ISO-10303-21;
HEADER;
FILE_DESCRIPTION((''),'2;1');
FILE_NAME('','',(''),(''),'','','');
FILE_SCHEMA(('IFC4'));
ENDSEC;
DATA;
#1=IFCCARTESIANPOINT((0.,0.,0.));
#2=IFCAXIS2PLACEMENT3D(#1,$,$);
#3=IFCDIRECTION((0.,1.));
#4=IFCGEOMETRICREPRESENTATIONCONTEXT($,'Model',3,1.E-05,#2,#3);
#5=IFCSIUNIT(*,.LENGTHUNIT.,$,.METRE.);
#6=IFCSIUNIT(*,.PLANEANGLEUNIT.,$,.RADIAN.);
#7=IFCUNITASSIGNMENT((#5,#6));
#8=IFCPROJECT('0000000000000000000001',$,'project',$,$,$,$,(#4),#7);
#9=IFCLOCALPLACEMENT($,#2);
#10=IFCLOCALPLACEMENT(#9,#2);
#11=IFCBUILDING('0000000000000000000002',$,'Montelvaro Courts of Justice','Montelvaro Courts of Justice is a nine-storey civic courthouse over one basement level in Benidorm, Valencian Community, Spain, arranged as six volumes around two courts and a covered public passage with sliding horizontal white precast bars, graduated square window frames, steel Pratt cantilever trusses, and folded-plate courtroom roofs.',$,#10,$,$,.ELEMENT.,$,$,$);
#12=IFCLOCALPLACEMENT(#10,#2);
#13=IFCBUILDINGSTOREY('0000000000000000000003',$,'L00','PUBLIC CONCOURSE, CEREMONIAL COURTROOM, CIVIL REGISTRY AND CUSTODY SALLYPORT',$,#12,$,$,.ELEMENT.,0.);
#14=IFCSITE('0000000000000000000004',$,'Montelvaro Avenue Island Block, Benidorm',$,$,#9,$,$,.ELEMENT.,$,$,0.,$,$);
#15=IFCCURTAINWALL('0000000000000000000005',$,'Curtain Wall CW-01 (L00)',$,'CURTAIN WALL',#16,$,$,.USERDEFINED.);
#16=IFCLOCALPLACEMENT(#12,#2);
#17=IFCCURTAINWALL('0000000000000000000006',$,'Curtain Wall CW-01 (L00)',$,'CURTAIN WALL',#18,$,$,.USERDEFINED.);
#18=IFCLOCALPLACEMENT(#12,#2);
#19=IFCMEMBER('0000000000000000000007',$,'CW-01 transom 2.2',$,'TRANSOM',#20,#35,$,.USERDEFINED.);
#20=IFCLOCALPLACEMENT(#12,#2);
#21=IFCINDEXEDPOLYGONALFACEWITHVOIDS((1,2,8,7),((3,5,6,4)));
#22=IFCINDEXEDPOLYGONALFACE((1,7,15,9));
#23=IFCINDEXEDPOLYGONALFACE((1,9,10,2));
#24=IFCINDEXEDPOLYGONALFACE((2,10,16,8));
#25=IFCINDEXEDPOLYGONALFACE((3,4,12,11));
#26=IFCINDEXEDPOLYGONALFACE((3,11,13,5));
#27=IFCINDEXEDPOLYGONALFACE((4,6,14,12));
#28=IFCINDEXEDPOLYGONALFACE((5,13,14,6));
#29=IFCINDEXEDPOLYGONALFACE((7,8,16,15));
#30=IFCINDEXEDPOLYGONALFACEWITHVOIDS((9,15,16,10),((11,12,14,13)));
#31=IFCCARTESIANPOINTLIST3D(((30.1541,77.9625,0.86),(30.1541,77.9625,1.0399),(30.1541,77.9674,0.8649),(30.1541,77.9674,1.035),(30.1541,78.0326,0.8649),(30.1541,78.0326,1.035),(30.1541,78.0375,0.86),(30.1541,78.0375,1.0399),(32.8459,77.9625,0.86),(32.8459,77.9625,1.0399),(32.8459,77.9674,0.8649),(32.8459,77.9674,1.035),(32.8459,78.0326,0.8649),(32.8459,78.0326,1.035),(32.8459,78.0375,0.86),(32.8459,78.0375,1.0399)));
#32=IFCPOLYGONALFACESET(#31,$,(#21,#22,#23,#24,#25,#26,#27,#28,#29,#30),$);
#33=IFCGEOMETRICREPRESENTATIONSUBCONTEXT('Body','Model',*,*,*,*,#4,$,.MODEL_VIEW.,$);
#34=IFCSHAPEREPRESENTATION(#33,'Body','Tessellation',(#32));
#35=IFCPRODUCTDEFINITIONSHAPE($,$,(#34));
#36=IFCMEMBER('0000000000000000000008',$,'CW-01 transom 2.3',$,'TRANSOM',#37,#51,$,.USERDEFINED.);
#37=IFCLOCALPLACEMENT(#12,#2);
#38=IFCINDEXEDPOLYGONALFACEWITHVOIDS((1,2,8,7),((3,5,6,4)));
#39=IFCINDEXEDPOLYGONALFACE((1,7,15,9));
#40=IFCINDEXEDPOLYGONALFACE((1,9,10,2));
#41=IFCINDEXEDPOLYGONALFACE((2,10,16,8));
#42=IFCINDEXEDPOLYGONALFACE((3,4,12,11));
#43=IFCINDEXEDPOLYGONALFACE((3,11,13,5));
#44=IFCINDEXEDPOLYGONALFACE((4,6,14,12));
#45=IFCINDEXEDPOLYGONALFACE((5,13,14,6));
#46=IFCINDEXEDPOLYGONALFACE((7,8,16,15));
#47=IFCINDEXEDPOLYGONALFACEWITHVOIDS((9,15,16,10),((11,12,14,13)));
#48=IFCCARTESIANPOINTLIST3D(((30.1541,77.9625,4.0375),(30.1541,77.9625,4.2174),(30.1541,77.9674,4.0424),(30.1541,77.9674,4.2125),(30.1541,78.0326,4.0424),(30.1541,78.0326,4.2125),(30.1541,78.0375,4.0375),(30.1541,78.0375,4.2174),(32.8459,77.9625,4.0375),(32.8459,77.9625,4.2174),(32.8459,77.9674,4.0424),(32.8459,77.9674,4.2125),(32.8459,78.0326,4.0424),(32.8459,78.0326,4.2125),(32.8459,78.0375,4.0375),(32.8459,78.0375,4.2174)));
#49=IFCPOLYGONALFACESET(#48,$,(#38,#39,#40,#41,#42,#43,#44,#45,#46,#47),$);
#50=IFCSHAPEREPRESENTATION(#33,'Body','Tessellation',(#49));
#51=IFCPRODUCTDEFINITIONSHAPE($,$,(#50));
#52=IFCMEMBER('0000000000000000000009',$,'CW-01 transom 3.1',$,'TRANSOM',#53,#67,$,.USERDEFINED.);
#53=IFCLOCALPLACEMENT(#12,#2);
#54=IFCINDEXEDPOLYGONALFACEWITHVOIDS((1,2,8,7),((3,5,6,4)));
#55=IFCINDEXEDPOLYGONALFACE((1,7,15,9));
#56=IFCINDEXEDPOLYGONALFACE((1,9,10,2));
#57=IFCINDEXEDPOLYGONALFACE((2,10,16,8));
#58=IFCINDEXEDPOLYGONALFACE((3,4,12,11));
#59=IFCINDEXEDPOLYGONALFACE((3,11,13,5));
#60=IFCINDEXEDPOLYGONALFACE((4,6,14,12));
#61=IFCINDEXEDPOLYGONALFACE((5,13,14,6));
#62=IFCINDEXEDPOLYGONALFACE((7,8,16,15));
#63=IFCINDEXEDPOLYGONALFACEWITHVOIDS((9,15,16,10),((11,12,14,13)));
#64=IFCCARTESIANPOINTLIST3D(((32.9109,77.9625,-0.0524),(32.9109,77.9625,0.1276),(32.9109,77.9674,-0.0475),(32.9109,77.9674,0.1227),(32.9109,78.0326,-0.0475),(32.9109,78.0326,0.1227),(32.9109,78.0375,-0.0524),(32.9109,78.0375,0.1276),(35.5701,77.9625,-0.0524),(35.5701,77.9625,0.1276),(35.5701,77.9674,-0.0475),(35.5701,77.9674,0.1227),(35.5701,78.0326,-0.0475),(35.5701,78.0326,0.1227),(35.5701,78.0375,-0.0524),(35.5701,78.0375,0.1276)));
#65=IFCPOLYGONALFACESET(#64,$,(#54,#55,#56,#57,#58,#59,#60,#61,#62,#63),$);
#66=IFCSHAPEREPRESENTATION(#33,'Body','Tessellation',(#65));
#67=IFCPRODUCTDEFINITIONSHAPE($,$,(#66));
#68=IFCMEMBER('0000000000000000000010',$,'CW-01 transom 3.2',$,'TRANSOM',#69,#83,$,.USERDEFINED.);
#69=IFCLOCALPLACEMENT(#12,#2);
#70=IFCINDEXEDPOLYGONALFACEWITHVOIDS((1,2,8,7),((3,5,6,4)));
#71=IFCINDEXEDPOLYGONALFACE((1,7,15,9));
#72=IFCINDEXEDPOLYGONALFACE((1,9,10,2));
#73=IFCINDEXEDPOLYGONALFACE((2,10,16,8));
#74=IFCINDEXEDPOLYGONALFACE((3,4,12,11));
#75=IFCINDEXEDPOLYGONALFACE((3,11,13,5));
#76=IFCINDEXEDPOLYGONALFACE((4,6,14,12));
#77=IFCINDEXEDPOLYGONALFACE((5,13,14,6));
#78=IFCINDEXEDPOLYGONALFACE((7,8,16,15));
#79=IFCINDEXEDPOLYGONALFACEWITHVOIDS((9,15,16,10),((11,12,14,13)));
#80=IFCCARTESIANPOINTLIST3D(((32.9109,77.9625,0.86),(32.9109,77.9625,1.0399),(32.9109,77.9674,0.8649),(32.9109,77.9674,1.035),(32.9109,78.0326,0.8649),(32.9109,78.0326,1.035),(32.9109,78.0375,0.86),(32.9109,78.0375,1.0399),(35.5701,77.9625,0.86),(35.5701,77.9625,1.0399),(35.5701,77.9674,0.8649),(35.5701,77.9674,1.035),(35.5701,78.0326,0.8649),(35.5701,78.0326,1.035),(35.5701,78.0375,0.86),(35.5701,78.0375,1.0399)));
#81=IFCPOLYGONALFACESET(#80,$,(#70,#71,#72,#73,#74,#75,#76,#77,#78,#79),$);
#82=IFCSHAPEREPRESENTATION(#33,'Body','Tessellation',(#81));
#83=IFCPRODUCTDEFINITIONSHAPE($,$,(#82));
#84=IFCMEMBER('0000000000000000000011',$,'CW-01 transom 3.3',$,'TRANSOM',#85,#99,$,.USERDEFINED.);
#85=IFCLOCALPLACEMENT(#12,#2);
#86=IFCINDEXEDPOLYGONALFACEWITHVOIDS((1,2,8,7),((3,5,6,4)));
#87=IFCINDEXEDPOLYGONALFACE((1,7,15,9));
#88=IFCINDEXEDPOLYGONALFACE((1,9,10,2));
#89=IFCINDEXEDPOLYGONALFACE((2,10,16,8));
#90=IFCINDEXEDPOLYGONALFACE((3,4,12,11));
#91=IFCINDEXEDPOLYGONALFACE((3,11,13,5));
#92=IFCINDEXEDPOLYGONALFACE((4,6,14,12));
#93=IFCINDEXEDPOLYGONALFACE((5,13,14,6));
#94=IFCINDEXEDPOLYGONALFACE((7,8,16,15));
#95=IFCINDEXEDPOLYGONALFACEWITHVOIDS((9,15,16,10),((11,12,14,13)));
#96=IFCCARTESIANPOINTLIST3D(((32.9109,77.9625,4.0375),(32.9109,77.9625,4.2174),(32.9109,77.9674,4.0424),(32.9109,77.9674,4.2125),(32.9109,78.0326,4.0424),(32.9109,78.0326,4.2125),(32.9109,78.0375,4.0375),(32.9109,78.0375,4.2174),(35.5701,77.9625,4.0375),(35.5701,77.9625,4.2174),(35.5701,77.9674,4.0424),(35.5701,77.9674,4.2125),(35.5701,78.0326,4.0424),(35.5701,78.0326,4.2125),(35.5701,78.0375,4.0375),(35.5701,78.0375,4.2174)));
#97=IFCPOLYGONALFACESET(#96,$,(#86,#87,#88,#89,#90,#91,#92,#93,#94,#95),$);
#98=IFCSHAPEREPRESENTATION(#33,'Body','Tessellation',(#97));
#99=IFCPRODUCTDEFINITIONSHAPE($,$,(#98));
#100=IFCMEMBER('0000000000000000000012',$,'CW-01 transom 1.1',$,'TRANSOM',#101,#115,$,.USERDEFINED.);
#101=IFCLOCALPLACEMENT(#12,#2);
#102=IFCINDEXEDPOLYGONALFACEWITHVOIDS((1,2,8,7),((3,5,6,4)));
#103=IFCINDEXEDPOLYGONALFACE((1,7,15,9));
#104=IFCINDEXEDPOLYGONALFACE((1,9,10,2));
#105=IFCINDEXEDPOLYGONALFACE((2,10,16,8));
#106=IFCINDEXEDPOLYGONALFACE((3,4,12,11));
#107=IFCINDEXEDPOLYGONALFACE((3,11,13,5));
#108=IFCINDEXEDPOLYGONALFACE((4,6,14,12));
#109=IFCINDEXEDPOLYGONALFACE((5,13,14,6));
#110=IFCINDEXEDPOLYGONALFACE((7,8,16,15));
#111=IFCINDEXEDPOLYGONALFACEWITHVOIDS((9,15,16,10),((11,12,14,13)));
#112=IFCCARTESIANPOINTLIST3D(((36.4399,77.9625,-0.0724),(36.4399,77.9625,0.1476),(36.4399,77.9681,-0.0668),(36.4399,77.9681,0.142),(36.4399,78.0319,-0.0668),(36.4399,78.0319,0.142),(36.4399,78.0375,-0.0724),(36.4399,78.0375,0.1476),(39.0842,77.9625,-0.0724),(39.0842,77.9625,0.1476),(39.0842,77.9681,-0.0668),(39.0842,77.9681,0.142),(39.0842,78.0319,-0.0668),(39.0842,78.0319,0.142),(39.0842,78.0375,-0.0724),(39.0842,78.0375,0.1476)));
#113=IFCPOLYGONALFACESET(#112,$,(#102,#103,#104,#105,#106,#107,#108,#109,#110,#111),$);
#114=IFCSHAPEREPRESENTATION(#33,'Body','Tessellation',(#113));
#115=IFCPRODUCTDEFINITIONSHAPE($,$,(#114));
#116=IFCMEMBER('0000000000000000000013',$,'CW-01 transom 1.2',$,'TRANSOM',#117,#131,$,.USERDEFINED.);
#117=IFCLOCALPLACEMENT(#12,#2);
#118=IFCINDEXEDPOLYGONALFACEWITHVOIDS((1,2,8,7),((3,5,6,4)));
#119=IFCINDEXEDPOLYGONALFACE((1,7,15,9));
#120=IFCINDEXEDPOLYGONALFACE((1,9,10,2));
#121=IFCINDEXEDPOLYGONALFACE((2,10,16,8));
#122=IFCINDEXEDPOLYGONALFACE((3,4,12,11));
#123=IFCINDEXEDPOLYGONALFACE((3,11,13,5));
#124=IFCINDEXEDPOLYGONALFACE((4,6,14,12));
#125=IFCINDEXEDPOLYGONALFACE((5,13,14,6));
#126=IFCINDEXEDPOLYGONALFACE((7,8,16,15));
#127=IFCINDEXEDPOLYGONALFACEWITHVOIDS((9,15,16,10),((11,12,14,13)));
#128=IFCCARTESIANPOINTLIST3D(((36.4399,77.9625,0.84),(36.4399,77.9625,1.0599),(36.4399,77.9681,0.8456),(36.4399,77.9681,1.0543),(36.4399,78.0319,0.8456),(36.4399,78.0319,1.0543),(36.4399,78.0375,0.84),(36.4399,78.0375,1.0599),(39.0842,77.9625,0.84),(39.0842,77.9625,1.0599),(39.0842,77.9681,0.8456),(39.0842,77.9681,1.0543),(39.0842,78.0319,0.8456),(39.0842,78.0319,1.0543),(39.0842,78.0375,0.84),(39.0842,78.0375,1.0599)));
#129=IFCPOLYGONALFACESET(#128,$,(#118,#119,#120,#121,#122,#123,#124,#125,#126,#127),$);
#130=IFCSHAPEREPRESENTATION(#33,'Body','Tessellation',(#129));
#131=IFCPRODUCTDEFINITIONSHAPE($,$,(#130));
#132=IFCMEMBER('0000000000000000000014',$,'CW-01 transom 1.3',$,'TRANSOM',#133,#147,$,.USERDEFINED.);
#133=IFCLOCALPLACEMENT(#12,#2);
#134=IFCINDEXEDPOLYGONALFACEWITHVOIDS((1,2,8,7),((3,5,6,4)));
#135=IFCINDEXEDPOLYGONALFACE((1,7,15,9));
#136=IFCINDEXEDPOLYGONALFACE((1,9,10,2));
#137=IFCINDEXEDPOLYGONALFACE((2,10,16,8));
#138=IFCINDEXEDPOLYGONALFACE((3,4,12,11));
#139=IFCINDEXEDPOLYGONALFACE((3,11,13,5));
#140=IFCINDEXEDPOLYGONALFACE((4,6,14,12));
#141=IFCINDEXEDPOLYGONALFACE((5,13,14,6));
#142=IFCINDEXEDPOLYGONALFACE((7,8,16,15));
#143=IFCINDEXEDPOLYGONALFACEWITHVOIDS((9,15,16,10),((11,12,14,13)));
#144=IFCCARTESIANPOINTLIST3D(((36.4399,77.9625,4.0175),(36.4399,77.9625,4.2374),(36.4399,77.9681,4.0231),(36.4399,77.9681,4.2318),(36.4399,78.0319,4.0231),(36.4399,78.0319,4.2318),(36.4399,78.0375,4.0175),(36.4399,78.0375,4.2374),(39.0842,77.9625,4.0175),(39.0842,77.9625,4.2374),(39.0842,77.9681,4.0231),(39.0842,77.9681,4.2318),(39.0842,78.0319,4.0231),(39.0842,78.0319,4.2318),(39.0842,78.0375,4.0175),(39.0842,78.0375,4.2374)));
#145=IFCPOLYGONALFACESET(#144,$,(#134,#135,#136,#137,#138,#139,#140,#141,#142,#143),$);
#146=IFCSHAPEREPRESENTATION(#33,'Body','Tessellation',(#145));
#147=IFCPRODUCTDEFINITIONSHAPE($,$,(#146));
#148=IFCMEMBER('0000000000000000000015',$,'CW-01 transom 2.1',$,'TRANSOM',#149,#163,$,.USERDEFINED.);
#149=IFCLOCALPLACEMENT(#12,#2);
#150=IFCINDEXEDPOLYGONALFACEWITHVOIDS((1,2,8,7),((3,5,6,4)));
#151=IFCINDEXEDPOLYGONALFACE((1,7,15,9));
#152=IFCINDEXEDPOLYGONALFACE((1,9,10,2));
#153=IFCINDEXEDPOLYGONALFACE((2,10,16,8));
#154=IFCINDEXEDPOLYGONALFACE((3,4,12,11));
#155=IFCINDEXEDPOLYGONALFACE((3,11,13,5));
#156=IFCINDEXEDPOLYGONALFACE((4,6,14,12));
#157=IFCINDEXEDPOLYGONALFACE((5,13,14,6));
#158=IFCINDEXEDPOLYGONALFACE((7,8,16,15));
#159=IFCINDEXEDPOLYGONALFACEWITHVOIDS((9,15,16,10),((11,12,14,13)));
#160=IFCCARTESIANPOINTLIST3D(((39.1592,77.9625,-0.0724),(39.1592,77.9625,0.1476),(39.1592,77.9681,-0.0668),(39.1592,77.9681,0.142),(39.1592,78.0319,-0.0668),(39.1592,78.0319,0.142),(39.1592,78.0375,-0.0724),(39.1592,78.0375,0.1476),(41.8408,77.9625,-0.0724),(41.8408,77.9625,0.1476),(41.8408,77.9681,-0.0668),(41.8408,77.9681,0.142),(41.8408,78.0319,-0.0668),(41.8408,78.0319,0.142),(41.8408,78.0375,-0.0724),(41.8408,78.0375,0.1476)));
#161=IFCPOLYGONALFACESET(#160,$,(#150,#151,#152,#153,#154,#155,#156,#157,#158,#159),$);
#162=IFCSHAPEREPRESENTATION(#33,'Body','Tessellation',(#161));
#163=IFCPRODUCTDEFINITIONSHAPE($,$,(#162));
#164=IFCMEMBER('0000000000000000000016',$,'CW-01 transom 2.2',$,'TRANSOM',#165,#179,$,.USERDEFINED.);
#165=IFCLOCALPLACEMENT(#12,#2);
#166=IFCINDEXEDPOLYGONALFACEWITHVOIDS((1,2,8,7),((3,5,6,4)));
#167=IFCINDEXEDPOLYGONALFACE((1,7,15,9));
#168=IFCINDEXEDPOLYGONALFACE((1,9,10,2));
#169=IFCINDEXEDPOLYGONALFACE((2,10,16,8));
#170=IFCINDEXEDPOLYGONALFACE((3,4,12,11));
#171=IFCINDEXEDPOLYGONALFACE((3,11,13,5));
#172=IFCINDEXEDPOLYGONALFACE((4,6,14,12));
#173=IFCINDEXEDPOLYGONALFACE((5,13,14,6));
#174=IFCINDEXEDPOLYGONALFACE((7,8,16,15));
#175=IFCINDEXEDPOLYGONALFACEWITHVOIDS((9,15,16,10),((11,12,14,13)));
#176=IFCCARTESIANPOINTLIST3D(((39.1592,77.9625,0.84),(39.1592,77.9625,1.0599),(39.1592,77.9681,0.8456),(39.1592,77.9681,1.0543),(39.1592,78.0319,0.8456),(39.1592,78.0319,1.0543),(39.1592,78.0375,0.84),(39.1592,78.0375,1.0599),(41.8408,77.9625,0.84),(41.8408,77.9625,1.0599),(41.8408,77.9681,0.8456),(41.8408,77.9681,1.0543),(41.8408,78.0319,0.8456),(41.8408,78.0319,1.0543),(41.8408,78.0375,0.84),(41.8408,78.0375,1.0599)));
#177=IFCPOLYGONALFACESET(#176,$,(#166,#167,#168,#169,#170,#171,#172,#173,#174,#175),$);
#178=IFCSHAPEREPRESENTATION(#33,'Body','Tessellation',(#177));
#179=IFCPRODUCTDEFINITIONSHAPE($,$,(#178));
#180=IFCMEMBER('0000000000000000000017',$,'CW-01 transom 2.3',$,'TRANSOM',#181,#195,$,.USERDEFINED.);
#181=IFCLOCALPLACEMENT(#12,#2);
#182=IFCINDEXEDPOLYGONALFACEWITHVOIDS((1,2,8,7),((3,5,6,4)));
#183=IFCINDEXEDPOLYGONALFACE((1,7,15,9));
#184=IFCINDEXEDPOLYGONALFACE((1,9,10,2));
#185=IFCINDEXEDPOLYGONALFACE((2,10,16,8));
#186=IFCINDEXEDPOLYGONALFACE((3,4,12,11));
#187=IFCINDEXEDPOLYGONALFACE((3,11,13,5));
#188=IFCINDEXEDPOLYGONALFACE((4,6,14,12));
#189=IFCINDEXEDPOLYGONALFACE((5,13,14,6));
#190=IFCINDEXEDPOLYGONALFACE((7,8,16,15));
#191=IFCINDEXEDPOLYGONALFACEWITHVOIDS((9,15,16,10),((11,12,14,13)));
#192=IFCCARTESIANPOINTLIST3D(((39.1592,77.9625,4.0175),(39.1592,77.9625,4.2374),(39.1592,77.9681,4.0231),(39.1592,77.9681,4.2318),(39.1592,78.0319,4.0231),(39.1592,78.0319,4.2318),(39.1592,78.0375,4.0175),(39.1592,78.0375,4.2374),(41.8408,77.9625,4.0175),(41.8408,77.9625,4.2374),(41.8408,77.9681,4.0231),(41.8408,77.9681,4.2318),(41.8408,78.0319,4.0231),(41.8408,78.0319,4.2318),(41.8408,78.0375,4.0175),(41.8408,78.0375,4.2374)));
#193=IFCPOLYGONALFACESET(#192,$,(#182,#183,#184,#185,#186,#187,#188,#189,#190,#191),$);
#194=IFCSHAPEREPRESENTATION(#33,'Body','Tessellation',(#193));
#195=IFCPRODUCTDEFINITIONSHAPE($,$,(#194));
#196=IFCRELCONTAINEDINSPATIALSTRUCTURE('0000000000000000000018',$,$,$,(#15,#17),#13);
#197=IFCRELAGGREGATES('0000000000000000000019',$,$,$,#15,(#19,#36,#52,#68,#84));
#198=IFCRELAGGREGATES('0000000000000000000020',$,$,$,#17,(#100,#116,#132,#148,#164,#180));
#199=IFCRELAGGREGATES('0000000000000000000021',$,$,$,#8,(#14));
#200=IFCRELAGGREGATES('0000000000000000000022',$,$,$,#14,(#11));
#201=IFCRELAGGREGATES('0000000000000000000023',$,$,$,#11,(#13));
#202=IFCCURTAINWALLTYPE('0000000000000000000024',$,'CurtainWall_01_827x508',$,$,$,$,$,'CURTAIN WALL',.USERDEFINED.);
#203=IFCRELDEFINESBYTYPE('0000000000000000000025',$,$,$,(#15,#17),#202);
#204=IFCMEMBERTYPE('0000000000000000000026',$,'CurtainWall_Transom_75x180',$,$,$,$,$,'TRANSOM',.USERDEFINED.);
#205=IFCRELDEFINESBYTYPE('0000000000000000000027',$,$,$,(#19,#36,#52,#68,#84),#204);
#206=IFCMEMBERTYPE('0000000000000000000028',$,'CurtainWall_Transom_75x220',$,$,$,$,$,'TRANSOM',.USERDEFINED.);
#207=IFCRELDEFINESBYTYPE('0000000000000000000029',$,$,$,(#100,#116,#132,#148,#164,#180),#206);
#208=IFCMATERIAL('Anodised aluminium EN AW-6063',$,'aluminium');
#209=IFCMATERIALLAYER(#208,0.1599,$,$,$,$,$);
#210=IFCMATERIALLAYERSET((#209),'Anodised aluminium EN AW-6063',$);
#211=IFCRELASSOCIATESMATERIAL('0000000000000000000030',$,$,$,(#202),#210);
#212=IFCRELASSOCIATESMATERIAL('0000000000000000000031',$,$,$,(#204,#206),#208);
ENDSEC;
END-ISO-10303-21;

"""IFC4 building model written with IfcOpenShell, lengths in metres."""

from ifc_helpers import new_model, si_unit, direction, frame, origin, origin_2d, place, context, subcontext, project, spatial, hollow_rectangle, extrude, material, layer, layer_set, material_profile, profile_set, type_object, element, aggregate, save


model = new_model("IFC4")

# Units and contexts
model_context = context("Model", 3, precision=1e-05, world=origin(), true_north=direction((0.0, 1.0)))
body_context = subcontext(model_context, "Body", "Model", "MODEL_VIEW")
ifc_project = project(units=[si_unit("LENGTHUNIT", "METRE"), si_unit("PLANEANGLEUNIT", "RADIAN")], contexts=[model_context])

# Site, building, storey
site_placement = place(None, origin())
site = spatial("IfcSite", under=ifc_project, at=site_placement, Name="Montelvaro Avenue Island Block, Benidorm", CompositionType="ELEMENT", RefElevation=0.0)
building_placement = place(site_placement, origin())
building = spatial("IfcBuilding", under=site, at=building_placement, Name="Montelvaro Courts of Justice", Description="Montelvaro Courts of Justice is a nine-storey civic courthouse over one basement level in Benidorm, Valencian Community, Spain, arranged as six volumes around two courts and a covered public passage with sliding horizontal white precast bars, graduated square window frames, steel Pratt cantilever trusses, and folded-plate courtroom roofs.", CompositionType="ELEMENT")
storey_placement = place(building_placement, origin())
storey = spatial("IfcBuildingStorey", under=building, at=storey_placement, Name="L00", Description="PUBLIC CONCOURSE, CEREMONIAL COURTROOM, CIVIL REGISTRY AND CUSTODY SALLYPORT", CompositionType="ELEMENT", Elevation=0.0)

# Curtain walls
ifc_material_1 = material(Name="Anodised aluminium EN AW-6063", Category="aluminium")
ifc_layer_1 = layer(ifc_material_1, 0.1599)
ifc_layer_set_1 = layer_set([ifc_layer_1], Name="Anodised aluminium EN AW-6063")
curtain_wall_type = type_object("IfcCurtainWallType", Name="CurtainWall_01_827x508", ElementType="CURTAIN WALL", PredefinedType="USERDEFINED", material=ifc_layer_set_1)
curtain_wall_1_placement = place(storey_placement, origin())
curtain_wall_1 = element("IfcCurtainWall", 1, at=curtain_wall_1_placement, inside=storey, type_object=curtain_wall_type, Name="Curtain Wall CW-01 (L00)", ObjectType="CURTAIN WALL", PredefinedType="USERDEFINED")
curtain_wall_2_placement = place(storey_placement, origin())
curtain_wall_2 = element("IfcCurtainWall", 2, at=curtain_wall_2_placement, inside=storey, type_object=curtain_wall_type, Name="Curtain Wall CW-01 (L00)", ObjectType="CURTAIN WALL", PredefinedType="USERDEFINED")

# Members
ifc_material_profile_1 = material_profile(ifc_material_1, hollow_rectangle(XDim=0.075, YDim=0.1799, WallThickness=0.0049, at=origin_2d()), Name="ALU-T 75x180")
ifc_profile_set_1 = profile_set([ifc_material_profile_1], Name="Anodised aluminium EN AW-6063")
member_type_1 = type_object("IfcMemberType", Name="CurtainWall_Transom_75x180", ElementType="TRANSOM", PredefinedType="USERDEFINED", material=ifc_profile_set_1)
member_1_placement = place(storey_placement, frame((30.1541, 78.0, 0.95), z_axis=(1.0, 0.0, 0.0), x_axis=(0.0, 1.0, 0.0)))
member_1 = element("IfcMember", 3, at=member_1_placement, type_object=member_type_1, Name="CW-01 transom 2.2", ObjectType="TRANSOM", PredefinedType="USERDEFINED", context=body_context, shape_type="SweptSolid", body=[
    extrude(hollow_rectangle(XDim=0.075, YDim=0.1799, WallThickness=0.0049, at=origin_2d()), origin(), (0.0, 0.0, 1.0), 2.6919),
])
member_2_placement = place(storey_placement, frame((30.1541, 78.0, 4.1274), z_axis=(1.0, 0.0, 0.0), x_axis=(0.0, 1.0, 0.0)))
member_2 = element("IfcMember", 4, at=member_2_placement, type_object=member_type_1, Name="CW-01 transom 2.3", ObjectType="TRANSOM", PredefinedType="USERDEFINED", context=body_context, shape_type="SweptSolid", body=[
    extrude(hollow_rectangle(XDim=0.075, YDim=0.1799, WallThickness=0.0049, at=origin_2d()), origin(), (0.0, 0.0, 1.0), 2.6919),
])
member_3_placement = place(storey_placement, frame((32.9109, 78.0, 0.0376), z_axis=(1.0, 0.0, 0.0), x_axis=(0.0, 1.0, 0.0)))
member_3 = element("IfcMember", 5, at=member_3_placement, type_object=member_type_1, Name="CW-01 transom 3.1", ObjectType="TRANSOM", PredefinedType="USERDEFINED", context=body_context, shape_type="SweptSolid", body=[
    extrude(hollow_rectangle(XDim=0.075, YDim=0.1799, WallThickness=0.0049, at=origin_2d()), origin(), (0.0, 0.0, 1.0), 2.6592),
])
member_4_placement = place(storey_placement, frame((32.9109, 78.0, 0.95), z_axis=(1.0, 0.0, 0.0), x_axis=(0.0, 1.0, 0.0)))
member_4 = element("IfcMember", 6, at=member_4_placement, type_object=member_type_1, Name="CW-01 transom 3.2", ObjectType="TRANSOM", PredefinedType="USERDEFINED", context=body_context, shape_type="SweptSolid", body=[
    extrude(hollow_rectangle(XDim=0.075, YDim=0.1799, WallThickness=0.0049, at=origin_2d()), origin(), (0.0, 0.0, 1.0), 2.6592),
])
member_5_placement = place(storey_placement, frame((32.9109, 78.0, 4.1274), z_axis=(1.0, 0.0, 0.0), x_axis=(0.0, 1.0, 0.0)))
member_5 = element("IfcMember", 7, at=member_5_placement, type_object=member_type_1, Name="CW-01 transom 3.3", ObjectType="TRANSOM", PredefinedType="USERDEFINED", context=body_context, shape_type="SweptSolid", body=[
    extrude(hollow_rectangle(XDim=0.075, YDim=0.1799, WallThickness=0.0049, at=origin_2d()), origin(), (0.0, 0.0, 1.0), 2.6592),
])
ifc_material_profile_2 = material_profile(ifc_material_1, hollow_rectangle(XDim=0.075, YDim=0.22, WallThickness=0.0056, at=origin_2d()), Name="ALU-T 75x220")
ifc_profile_set_2 = profile_set([ifc_material_profile_2], Name="Anodised aluminium EN AW-6063")
member_type_2 = type_object("IfcMemberType", Name="CurtainWall_Transom_75x220", ElementType="TRANSOM", PredefinedType="USERDEFINED", material=ifc_profile_set_2)
member_6_placement = place(storey_placement, frame((36.4399, 78.0, 0.0376), z_axis=(1.0, 0.0, 0.0), x_axis=(0.0, 1.0, 0.0)))
member_6 = element("IfcMember", 8, at=member_6_placement, type_object=member_type_2, Name="CW-01 transom 1.1", ObjectType="TRANSOM", PredefinedType="USERDEFINED", context=body_context, shape_type="SweptSolid", body=[
    extrude(hollow_rectangle(XDim=0.075, YDim=0.22, WallThickness=0.0056, at=origin_2d()), origin(), (0.0, 0.0, 1.0), 2.6443),
])
member_7_placement = place(storey_placement, frame((36.4399, 78.0, 0.95), z_axis=(1.0, 0.0, 0.0), x_axis=(0.0, 1.0, 0.0)))
member_7 = element("IfcMember", 9, at=member_7_placement, type_object=member_type_2, Name="CW-01 transom 1.2", ObjectType="TRANSOM", PredefinedType="USERDEFINED", context=body_context, shape_type="SweptSolid", body=[
    extrude(hollow_rectangle(XDim=0.075, YDim=0.22, WallThickness=0.0056, at=origin_2d()), origin(), (0.0, 0.0, 1.0), 2.6443),
])
member_8_placement = place(storey_placement, frame((36.4399, 78.0, 4.1274), z_axis=(1.0, 0.0, 0.0), x_axis=(0.0, 1.0, 0.0)))
member_8 = element("IfcMember", 10, at=member_8_placement, type_object=member_type_2, Name="CW-01 transom 1.3", ObjectType="TRANSOM", PredefinedType="USERDEFINED", context=body_context, shape_type="SweptSolid", body=[
    extrude(hollow_rectangle(XDim=0.075, YDim=0.22, WallThickness=0.0056, at=origin_2d()), origin(), (0.0, 0.0, 1.0), 2.6443),
])
member_9_placement = place(storey_placement, frame((39.1592, 78.0, 0.0376), z_axis=(1.0, 0.0, 0.0), x_axis=(0.0, 1.0, 0.0)))
member_9 = element("IfcMember", 11, at=member_9_placement, type_object=member_type_2, Name="CW-01 transom 2.1", ObjectType="TRANSOM", PredefinedType="USERDEFINED", context=body_context, shape_type="SweptSolid", body=[
    extrude(hollow_rectangle(XDim=0.075, YDim=0.22, WallThickness=0.0056, at=origin_2d()), origin(), (0.0, 0.0, 1.0), 2.6816),
])
member_10_placement = place(storey_placement, frame((39.1592, 78.0, 0.95), z_axis=(1.0, 0.0, 0.0), x_axis=(0.0, 1.0, 0.0)))
member_10 = element("IfcMember", 12, at=member_10_placement, type_object=member_type_2, Name="CW-01 transom 2.2", ObjectType="TRANSOM", PredefinedType="USERDEFINED", context=body_context, shape_type="SweptSolid", body=[
    extrude(hollow_rectangle(XDim=0.075, YDim=0.22, WallThickness=0.0056, at=origin_2d()), origin(), (0.0, 0.0, 1.0), 2.6816),
])
member_11_placement = place(storey_placement, frame((39.1592, 78.0, 4.1274), z_axis=(1.0, 0.0, 0.0), x_axis=(0.0, 1.0, 0.0)))
member_11 = element("IfcMember", 13, at=member_11_placement, type_object=member_type_2, Name="CW-01 transom 2.3", ObjectType="TRANSOM", PredefinedType="USERDEFINED", context=body_context, shape_type="SweptSolid", body=[
    extrude(hollow_rectangle(XDim=0.075, YDim=0.22, WallThickness=0.0056, at=origin_2d()), origin(), (0.0, 0.0, 1.0), 2.6816),
])

aggregate(curtain_wall_1, [member_1, member_2, member_3, member_4, member_5])
aggregate(curtain_wall_2, [member_6, member_7, member_8, member_9, member_10, member_11])

save(model, "model.ifc")
